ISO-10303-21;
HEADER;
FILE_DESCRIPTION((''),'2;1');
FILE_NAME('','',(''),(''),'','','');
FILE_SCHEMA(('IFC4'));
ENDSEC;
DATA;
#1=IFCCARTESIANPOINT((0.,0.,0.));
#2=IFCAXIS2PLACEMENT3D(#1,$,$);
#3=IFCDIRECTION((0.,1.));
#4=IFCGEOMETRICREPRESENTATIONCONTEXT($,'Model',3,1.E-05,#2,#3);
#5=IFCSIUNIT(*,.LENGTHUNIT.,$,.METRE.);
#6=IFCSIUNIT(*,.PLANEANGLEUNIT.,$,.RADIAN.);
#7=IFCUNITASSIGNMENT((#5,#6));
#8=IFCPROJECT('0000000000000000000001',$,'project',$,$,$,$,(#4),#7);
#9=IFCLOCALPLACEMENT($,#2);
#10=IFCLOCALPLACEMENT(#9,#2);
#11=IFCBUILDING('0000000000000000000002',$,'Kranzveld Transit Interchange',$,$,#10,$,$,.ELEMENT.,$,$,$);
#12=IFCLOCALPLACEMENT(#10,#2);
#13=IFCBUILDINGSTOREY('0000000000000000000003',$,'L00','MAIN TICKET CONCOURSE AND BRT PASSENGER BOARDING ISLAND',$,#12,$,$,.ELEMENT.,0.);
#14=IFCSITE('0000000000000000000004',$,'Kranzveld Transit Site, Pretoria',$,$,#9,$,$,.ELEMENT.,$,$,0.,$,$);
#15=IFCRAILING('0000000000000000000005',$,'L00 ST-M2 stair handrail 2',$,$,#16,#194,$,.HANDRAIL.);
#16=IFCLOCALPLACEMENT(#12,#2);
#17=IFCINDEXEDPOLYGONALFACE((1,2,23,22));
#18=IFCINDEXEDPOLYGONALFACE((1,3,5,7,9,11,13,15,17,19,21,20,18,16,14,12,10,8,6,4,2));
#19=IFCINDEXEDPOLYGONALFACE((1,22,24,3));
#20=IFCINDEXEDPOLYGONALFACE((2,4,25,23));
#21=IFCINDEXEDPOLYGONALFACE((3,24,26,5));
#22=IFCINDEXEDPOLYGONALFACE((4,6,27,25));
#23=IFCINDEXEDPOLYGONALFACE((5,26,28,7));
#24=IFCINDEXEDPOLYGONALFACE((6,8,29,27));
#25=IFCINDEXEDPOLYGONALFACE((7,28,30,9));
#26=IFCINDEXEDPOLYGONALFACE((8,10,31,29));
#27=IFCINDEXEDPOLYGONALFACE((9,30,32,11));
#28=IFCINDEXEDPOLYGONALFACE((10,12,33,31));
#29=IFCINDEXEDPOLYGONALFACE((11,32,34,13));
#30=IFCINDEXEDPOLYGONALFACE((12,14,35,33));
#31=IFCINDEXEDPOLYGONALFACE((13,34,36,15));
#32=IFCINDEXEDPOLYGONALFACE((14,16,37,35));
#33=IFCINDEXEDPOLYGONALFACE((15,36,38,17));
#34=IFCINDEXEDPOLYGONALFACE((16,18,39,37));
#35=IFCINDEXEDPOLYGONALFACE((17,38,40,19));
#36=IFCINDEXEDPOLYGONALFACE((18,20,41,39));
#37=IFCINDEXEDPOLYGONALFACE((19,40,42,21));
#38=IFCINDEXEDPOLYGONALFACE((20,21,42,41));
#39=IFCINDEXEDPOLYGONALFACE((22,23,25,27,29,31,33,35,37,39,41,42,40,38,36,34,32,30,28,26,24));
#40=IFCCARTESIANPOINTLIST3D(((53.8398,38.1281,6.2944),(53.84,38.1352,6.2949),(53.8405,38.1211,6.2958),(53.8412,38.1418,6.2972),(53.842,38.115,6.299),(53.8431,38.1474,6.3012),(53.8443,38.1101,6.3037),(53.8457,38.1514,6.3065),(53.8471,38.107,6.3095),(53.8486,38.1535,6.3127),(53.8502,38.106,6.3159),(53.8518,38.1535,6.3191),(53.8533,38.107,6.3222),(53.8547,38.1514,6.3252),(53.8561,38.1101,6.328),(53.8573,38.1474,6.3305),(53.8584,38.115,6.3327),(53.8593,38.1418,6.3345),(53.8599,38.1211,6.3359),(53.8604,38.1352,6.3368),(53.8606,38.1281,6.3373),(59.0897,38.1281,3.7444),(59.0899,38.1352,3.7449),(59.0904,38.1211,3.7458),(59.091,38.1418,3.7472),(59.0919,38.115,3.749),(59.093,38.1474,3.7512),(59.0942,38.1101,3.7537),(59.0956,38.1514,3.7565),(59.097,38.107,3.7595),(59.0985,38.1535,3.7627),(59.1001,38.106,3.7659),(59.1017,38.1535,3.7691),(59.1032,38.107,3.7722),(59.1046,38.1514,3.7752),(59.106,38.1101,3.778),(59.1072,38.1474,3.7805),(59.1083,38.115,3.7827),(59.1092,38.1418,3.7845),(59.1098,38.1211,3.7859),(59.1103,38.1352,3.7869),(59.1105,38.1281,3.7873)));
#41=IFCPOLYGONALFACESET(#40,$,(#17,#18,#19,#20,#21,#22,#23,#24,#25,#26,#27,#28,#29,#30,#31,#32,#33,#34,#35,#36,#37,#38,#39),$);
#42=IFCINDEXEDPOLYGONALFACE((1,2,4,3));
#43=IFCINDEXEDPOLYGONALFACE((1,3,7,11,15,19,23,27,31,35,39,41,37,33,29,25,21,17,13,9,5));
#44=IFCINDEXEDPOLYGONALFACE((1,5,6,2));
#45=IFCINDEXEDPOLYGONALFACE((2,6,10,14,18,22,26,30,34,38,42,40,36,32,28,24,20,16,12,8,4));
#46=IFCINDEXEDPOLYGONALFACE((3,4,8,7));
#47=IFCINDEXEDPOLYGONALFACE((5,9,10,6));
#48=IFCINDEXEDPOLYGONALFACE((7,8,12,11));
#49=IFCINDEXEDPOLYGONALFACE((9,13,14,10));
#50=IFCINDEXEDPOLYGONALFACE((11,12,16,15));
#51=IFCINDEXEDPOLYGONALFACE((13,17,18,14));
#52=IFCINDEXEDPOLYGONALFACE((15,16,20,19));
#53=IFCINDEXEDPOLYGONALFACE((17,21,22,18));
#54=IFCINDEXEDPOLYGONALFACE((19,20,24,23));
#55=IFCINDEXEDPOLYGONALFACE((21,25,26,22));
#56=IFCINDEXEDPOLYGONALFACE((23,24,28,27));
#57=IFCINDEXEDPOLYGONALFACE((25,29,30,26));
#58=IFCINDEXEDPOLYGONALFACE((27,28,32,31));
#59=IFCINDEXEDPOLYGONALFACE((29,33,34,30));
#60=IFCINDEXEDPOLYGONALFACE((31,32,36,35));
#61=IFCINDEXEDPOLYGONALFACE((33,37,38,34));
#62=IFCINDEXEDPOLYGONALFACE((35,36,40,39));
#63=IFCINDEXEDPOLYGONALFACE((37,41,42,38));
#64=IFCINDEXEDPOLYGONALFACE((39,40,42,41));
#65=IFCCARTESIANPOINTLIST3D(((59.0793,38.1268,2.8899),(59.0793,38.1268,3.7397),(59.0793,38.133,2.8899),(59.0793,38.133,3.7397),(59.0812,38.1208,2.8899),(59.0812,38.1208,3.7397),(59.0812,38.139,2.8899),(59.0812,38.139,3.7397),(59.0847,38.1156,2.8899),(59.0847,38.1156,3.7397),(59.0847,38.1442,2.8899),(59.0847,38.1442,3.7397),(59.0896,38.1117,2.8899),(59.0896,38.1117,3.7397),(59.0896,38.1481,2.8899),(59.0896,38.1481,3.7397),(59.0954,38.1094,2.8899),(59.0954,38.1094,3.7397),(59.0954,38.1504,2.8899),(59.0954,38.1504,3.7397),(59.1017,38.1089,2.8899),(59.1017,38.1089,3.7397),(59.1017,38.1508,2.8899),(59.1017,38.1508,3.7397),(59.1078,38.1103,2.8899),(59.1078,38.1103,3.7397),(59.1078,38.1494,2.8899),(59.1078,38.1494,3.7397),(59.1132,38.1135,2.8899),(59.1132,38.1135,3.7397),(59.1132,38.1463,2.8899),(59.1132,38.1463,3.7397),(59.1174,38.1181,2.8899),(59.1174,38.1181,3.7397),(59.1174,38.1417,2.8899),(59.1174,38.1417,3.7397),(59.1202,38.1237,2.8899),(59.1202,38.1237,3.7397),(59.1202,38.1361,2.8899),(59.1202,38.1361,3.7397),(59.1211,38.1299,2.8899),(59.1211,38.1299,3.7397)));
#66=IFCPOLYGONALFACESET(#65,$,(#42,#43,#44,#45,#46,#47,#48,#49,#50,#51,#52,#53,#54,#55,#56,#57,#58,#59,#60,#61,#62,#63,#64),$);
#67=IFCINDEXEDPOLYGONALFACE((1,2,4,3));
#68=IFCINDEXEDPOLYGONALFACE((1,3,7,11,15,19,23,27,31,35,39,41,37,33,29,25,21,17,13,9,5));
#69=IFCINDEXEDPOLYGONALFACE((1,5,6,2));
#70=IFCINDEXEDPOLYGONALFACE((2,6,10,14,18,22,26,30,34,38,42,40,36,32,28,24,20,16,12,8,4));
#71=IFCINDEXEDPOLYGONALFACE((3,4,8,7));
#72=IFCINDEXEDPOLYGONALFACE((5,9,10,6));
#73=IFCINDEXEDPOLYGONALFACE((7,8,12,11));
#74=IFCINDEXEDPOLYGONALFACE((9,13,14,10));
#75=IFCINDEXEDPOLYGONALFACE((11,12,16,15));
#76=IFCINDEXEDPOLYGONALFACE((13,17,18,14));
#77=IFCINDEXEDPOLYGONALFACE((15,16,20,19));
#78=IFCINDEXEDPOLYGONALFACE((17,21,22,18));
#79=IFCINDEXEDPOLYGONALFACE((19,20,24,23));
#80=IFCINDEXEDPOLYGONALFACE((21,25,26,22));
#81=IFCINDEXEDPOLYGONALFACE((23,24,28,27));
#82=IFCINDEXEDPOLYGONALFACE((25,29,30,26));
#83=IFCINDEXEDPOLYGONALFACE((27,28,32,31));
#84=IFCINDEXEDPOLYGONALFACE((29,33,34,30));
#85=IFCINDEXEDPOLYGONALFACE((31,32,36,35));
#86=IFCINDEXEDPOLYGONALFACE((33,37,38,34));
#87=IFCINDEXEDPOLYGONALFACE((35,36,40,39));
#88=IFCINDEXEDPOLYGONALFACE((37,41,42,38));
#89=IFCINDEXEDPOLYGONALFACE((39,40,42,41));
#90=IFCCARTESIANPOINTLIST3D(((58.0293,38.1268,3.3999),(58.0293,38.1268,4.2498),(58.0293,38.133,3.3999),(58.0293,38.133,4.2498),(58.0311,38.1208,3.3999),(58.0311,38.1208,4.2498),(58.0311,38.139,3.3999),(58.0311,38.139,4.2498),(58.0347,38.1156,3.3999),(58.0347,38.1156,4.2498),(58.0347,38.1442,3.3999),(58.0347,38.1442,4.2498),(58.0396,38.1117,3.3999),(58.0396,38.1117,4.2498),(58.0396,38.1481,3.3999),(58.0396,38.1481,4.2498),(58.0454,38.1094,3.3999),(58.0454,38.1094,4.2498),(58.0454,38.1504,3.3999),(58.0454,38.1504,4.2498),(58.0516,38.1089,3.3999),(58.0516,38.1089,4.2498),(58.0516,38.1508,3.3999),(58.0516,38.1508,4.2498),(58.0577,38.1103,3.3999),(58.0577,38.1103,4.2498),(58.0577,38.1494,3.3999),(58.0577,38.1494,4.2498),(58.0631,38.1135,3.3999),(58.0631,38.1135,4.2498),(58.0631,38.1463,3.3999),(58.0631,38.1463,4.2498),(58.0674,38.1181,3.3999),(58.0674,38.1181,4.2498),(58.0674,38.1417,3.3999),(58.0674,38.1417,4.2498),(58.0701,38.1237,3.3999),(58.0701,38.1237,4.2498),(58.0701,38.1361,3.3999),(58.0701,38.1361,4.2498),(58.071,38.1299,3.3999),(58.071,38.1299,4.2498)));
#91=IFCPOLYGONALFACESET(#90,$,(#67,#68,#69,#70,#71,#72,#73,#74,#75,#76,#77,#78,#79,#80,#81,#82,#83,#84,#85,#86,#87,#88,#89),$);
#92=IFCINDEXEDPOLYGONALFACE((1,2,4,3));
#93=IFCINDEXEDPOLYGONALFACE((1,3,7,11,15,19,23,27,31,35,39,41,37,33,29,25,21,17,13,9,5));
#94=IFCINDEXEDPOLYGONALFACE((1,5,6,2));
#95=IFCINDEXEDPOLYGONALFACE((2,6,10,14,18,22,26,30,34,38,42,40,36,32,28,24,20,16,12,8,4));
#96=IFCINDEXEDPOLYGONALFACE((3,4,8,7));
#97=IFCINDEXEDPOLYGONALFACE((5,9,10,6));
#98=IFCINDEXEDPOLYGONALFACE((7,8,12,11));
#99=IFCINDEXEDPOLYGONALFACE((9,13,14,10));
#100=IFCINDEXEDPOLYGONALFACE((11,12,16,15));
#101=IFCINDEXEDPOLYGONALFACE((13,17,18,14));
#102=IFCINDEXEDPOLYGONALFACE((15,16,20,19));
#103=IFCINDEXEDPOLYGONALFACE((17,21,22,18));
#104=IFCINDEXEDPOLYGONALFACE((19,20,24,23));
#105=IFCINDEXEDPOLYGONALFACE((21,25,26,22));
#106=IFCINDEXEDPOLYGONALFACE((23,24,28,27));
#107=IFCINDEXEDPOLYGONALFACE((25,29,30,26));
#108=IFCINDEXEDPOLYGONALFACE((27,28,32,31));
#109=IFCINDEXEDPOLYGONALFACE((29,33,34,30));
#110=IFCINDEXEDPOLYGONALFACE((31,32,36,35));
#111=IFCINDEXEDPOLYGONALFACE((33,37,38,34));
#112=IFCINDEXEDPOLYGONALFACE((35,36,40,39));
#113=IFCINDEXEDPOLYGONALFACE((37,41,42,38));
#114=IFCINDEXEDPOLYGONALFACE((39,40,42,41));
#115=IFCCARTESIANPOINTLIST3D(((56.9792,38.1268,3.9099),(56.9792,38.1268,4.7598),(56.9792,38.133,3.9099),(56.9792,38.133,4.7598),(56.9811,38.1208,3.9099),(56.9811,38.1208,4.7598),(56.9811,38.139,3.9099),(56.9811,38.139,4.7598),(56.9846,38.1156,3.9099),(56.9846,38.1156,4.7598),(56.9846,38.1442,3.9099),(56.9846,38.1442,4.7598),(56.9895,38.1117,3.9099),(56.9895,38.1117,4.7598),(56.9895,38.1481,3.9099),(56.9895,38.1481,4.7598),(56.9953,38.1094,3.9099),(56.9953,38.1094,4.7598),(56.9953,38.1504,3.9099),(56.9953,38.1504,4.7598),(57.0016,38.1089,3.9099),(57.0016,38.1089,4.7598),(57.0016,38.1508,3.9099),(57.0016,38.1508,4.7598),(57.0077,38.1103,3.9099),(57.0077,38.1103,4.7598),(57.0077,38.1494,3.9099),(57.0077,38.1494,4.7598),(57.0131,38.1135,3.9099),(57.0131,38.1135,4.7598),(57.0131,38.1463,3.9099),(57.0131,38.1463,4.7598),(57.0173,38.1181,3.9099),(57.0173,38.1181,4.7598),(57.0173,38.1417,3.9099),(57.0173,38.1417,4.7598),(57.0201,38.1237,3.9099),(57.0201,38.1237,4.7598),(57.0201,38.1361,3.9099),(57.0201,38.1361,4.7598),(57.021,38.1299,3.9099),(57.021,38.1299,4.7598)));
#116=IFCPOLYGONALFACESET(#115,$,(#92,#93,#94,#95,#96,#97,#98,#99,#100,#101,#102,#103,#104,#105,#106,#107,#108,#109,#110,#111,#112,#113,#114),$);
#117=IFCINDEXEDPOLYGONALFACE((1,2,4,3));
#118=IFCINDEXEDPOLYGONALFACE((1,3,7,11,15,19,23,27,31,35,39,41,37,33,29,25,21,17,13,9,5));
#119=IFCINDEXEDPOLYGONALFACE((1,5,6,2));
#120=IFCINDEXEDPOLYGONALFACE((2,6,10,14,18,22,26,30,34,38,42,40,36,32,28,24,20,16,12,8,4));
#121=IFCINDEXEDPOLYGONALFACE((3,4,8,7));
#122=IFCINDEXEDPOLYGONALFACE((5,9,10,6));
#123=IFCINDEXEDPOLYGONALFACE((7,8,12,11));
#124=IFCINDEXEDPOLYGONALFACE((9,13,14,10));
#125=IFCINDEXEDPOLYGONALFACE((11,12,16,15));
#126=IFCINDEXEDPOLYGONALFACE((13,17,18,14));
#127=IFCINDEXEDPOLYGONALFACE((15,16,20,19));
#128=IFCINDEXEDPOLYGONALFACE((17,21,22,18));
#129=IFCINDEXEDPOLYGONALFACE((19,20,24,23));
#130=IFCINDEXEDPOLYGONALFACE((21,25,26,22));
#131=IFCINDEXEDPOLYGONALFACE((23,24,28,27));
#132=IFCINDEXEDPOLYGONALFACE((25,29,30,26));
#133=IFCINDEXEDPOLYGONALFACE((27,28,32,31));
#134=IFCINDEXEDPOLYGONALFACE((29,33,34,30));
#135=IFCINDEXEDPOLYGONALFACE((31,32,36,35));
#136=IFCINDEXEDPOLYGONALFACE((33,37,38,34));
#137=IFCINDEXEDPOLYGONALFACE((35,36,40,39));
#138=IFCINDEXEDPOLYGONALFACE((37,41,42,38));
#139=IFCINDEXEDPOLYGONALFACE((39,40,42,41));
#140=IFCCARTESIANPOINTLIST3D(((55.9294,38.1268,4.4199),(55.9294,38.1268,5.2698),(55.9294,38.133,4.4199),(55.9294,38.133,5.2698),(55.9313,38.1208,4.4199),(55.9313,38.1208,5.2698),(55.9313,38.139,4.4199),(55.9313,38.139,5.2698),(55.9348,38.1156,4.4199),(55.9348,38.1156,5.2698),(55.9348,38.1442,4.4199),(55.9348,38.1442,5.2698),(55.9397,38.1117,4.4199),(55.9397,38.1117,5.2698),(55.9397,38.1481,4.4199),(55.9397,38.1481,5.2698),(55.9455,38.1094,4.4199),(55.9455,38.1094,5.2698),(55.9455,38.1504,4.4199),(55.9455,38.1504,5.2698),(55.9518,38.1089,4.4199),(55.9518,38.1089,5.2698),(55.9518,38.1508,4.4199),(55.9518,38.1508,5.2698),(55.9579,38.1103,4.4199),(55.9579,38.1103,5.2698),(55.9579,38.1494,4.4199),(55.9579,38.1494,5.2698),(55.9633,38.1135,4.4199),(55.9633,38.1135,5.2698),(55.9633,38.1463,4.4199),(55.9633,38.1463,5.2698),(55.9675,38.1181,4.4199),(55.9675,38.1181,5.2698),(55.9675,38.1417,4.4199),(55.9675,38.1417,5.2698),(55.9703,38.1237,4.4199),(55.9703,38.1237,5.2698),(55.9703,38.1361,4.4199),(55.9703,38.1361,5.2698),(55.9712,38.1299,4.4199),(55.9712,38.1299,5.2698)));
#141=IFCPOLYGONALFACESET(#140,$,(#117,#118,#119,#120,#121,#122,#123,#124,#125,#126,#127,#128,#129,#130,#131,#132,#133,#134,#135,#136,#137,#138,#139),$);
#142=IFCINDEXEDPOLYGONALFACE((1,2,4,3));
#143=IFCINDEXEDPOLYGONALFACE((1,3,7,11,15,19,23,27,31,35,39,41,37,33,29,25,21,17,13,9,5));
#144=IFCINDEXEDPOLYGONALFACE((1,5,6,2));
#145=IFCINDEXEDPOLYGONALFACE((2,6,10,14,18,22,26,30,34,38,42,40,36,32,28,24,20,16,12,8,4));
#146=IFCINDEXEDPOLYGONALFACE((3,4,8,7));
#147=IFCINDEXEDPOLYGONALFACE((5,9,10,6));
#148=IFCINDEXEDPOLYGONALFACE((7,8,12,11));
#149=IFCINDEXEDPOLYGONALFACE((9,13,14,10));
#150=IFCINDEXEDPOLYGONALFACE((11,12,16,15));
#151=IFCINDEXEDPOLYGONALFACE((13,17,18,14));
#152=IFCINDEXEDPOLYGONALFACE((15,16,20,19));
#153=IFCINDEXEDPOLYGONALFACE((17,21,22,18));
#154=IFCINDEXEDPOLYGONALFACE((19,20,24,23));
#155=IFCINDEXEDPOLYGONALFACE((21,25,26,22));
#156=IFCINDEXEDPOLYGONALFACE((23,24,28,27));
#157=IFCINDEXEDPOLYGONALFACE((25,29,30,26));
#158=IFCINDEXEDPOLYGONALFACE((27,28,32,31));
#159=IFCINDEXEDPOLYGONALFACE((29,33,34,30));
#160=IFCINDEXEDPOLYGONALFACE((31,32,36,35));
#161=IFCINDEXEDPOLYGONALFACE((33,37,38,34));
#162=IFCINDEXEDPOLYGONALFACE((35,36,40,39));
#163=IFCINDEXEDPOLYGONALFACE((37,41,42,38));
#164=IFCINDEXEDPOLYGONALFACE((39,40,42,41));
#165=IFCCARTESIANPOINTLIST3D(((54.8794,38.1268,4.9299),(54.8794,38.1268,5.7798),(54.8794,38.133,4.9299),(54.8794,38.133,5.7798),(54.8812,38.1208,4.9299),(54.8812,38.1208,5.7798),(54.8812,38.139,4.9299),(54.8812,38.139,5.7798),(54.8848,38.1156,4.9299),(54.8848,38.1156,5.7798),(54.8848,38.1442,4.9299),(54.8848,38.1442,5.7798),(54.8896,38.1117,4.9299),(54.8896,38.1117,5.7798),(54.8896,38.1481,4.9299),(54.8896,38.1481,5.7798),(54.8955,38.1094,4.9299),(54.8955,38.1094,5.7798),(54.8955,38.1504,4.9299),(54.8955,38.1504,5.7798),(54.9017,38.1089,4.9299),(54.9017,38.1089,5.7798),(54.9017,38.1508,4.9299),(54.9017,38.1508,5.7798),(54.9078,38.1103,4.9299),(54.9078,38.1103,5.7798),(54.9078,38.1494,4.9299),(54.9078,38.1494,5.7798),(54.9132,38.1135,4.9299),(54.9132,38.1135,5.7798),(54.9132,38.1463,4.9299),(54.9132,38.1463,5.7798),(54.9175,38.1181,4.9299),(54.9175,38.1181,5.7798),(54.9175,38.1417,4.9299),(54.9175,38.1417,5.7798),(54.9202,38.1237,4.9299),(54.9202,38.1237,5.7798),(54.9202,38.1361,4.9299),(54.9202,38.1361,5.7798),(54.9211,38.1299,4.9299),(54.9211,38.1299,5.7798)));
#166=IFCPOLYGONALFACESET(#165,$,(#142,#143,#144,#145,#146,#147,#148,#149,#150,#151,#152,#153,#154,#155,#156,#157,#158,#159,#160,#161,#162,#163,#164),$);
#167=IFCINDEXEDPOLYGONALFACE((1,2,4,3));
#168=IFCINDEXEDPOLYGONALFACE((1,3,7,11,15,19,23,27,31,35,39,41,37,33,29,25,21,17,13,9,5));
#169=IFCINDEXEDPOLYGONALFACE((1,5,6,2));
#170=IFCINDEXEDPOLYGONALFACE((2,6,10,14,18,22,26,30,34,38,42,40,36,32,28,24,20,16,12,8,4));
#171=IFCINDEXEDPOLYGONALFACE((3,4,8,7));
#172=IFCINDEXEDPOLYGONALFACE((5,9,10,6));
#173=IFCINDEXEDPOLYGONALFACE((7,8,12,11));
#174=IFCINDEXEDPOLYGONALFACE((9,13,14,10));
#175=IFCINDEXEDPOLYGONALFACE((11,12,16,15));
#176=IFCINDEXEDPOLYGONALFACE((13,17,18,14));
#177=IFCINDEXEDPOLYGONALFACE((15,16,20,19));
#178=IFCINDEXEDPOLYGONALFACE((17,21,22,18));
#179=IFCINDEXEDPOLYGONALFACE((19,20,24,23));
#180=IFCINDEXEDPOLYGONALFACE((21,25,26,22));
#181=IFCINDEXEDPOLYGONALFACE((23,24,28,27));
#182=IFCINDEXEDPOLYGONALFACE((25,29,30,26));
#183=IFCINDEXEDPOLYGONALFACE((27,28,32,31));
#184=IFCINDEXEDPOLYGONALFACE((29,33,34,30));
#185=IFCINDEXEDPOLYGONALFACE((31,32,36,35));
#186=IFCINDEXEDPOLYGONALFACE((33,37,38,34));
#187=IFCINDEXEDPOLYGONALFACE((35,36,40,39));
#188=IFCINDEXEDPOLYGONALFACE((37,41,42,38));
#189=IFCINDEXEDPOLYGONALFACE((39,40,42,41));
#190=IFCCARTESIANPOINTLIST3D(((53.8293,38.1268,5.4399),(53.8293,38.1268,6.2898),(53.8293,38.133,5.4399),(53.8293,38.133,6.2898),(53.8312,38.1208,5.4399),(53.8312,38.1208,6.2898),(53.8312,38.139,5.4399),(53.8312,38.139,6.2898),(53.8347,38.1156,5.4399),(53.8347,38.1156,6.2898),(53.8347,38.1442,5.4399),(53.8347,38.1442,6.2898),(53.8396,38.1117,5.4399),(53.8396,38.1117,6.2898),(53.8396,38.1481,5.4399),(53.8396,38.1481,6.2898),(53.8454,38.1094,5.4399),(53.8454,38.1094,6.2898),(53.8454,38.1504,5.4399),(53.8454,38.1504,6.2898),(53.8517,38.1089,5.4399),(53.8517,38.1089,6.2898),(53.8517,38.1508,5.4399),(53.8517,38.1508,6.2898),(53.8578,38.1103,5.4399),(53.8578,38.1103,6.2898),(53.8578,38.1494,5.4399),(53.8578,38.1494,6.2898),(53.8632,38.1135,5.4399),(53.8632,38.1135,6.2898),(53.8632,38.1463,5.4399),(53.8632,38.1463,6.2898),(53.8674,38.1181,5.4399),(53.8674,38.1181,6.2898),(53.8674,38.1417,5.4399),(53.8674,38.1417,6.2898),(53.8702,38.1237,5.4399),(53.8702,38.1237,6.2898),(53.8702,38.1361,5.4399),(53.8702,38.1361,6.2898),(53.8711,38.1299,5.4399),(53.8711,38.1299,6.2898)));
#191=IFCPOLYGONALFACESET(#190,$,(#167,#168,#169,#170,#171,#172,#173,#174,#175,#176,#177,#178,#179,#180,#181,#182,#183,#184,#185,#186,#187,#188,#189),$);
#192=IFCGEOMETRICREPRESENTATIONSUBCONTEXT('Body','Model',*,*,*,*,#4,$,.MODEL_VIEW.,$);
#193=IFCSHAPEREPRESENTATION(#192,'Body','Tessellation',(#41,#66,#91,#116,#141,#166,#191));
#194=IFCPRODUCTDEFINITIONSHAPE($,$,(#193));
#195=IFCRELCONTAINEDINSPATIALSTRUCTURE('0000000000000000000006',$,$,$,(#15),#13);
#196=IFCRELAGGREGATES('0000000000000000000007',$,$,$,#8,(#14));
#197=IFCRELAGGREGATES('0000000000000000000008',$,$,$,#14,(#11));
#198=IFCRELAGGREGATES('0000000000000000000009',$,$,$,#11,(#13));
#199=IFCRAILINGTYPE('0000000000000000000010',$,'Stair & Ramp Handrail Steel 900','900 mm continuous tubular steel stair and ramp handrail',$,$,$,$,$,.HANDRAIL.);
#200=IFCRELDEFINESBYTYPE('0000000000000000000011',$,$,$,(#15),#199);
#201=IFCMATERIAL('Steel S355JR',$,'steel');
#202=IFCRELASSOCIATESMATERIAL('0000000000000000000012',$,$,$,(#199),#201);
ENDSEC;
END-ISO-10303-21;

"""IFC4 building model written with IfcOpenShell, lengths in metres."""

from ifc_helpers import new_model, si_unit, direction, frame, origin, origin_2d, place, context, subcontext, project, spatial, circle, extrude, material, type_object, element, save


model = new_model("IFC4")

# Units and contexts
model_context = context("Model", 3, precision=1e-05, world=origin(), true_north=direction((0.0, 1.0)))
body_context = subcontext(model_context, "Body", "Model", "MODEL_VIEW")
ifc_project = project(units=[si_unit("LENGTHUNIT", "METRE"), si_unit("PLANEANGLEUNIT", "RADIAN")], contexts=[model_context])

# Site, building, storey
site_placement = place(None, origin())
site = spatial("IfcSite", under=ifc_project, at=site_placement, Name="Kranzveld Transit Site, Pretoria", CompositionType="ELEMENT", RefElevation=0.0)
building_placement = place(site_placement, origin())
building = spatial("IfcBuilding", under=site, at=building_placement, Name="Kranzveld Transit Interchange", CompositionType="ELEMENT")
storey_placement = place(building_placement, origin())
storey = spatial("IfcBuildingStorey", under=building, at=storey_placement, Name="L00", Description="MAIN TICKET CONCOURSE AND BRT PASSENGER BOARDING ISLAND", CompositionType="ELEMENT", Elevation=0.0)

# Railing
ifc_material_1 = material(Name="Steel S355JR", Category="steel")
railing_type_1 = type_object("IfcRailingType", Name="Stair & Ramp Handrail Steel 900", Description="900 mm continuous tubular steel stair and ramp handrail", PredefinedType="HANDRAIL", material=ifc_material_1)
railing_1_placement = place(storey_placement, frame((59.1001, 38.1299, 2.8899)))
element("IfcRailing", 1, at=railing_1_placement, inside=storey, type_object=railing_type_1, Name="L00 ST-M2 stair handrail 2", PredefinedType="HANDRAIL", context=body_context, shape_type="SweptSolid", body=[
    extrude(circle(Radius=0.0239, at=origin_2d()), frame((0.0, 0.0, 0.876), z_axis=(-0.899505, 0.0, 0.436911), x_axis=(0.0, -1.0, 0.0)), (0.0, 0.0, 1.0), 5.8364),
    extrude(circle(Radius=0.021, at=origin_2d()), origin(), (0.0, 0.0, 1.0), 0.8499),
    extrude(circle(Radius=0.021, at=origin_2d()), frame((-1.05, 0.0, 0.51)), (0.0, 0.0, 1.0), 0.8499),
    extrude(circle(Radius=0.021, at=origin_2d()), frame((-2.1001, 0.0, 1.02)), (0.0, 0.0, 1.0), 0.8499),
    extrude(circle(Radius=0.021, at=origin_2d()), frame((-3.1499, 0.0, 1.53)), (0.0, 0.0, 1.0), 0.8499),
    extrude(circle(Radius=0.021, at=origin_2d()), frame((-4.2, 0.0, 2.04)), (0.0, 0.0, 1.0), 0.8499),
    extrude(circle(Radius=0.021, at=origin_2d()), frame((-5.25, 0.0, 2.55)), (0.0, 0.0, 1.0), 0.8499),
])

save(model, "model.ifc")
